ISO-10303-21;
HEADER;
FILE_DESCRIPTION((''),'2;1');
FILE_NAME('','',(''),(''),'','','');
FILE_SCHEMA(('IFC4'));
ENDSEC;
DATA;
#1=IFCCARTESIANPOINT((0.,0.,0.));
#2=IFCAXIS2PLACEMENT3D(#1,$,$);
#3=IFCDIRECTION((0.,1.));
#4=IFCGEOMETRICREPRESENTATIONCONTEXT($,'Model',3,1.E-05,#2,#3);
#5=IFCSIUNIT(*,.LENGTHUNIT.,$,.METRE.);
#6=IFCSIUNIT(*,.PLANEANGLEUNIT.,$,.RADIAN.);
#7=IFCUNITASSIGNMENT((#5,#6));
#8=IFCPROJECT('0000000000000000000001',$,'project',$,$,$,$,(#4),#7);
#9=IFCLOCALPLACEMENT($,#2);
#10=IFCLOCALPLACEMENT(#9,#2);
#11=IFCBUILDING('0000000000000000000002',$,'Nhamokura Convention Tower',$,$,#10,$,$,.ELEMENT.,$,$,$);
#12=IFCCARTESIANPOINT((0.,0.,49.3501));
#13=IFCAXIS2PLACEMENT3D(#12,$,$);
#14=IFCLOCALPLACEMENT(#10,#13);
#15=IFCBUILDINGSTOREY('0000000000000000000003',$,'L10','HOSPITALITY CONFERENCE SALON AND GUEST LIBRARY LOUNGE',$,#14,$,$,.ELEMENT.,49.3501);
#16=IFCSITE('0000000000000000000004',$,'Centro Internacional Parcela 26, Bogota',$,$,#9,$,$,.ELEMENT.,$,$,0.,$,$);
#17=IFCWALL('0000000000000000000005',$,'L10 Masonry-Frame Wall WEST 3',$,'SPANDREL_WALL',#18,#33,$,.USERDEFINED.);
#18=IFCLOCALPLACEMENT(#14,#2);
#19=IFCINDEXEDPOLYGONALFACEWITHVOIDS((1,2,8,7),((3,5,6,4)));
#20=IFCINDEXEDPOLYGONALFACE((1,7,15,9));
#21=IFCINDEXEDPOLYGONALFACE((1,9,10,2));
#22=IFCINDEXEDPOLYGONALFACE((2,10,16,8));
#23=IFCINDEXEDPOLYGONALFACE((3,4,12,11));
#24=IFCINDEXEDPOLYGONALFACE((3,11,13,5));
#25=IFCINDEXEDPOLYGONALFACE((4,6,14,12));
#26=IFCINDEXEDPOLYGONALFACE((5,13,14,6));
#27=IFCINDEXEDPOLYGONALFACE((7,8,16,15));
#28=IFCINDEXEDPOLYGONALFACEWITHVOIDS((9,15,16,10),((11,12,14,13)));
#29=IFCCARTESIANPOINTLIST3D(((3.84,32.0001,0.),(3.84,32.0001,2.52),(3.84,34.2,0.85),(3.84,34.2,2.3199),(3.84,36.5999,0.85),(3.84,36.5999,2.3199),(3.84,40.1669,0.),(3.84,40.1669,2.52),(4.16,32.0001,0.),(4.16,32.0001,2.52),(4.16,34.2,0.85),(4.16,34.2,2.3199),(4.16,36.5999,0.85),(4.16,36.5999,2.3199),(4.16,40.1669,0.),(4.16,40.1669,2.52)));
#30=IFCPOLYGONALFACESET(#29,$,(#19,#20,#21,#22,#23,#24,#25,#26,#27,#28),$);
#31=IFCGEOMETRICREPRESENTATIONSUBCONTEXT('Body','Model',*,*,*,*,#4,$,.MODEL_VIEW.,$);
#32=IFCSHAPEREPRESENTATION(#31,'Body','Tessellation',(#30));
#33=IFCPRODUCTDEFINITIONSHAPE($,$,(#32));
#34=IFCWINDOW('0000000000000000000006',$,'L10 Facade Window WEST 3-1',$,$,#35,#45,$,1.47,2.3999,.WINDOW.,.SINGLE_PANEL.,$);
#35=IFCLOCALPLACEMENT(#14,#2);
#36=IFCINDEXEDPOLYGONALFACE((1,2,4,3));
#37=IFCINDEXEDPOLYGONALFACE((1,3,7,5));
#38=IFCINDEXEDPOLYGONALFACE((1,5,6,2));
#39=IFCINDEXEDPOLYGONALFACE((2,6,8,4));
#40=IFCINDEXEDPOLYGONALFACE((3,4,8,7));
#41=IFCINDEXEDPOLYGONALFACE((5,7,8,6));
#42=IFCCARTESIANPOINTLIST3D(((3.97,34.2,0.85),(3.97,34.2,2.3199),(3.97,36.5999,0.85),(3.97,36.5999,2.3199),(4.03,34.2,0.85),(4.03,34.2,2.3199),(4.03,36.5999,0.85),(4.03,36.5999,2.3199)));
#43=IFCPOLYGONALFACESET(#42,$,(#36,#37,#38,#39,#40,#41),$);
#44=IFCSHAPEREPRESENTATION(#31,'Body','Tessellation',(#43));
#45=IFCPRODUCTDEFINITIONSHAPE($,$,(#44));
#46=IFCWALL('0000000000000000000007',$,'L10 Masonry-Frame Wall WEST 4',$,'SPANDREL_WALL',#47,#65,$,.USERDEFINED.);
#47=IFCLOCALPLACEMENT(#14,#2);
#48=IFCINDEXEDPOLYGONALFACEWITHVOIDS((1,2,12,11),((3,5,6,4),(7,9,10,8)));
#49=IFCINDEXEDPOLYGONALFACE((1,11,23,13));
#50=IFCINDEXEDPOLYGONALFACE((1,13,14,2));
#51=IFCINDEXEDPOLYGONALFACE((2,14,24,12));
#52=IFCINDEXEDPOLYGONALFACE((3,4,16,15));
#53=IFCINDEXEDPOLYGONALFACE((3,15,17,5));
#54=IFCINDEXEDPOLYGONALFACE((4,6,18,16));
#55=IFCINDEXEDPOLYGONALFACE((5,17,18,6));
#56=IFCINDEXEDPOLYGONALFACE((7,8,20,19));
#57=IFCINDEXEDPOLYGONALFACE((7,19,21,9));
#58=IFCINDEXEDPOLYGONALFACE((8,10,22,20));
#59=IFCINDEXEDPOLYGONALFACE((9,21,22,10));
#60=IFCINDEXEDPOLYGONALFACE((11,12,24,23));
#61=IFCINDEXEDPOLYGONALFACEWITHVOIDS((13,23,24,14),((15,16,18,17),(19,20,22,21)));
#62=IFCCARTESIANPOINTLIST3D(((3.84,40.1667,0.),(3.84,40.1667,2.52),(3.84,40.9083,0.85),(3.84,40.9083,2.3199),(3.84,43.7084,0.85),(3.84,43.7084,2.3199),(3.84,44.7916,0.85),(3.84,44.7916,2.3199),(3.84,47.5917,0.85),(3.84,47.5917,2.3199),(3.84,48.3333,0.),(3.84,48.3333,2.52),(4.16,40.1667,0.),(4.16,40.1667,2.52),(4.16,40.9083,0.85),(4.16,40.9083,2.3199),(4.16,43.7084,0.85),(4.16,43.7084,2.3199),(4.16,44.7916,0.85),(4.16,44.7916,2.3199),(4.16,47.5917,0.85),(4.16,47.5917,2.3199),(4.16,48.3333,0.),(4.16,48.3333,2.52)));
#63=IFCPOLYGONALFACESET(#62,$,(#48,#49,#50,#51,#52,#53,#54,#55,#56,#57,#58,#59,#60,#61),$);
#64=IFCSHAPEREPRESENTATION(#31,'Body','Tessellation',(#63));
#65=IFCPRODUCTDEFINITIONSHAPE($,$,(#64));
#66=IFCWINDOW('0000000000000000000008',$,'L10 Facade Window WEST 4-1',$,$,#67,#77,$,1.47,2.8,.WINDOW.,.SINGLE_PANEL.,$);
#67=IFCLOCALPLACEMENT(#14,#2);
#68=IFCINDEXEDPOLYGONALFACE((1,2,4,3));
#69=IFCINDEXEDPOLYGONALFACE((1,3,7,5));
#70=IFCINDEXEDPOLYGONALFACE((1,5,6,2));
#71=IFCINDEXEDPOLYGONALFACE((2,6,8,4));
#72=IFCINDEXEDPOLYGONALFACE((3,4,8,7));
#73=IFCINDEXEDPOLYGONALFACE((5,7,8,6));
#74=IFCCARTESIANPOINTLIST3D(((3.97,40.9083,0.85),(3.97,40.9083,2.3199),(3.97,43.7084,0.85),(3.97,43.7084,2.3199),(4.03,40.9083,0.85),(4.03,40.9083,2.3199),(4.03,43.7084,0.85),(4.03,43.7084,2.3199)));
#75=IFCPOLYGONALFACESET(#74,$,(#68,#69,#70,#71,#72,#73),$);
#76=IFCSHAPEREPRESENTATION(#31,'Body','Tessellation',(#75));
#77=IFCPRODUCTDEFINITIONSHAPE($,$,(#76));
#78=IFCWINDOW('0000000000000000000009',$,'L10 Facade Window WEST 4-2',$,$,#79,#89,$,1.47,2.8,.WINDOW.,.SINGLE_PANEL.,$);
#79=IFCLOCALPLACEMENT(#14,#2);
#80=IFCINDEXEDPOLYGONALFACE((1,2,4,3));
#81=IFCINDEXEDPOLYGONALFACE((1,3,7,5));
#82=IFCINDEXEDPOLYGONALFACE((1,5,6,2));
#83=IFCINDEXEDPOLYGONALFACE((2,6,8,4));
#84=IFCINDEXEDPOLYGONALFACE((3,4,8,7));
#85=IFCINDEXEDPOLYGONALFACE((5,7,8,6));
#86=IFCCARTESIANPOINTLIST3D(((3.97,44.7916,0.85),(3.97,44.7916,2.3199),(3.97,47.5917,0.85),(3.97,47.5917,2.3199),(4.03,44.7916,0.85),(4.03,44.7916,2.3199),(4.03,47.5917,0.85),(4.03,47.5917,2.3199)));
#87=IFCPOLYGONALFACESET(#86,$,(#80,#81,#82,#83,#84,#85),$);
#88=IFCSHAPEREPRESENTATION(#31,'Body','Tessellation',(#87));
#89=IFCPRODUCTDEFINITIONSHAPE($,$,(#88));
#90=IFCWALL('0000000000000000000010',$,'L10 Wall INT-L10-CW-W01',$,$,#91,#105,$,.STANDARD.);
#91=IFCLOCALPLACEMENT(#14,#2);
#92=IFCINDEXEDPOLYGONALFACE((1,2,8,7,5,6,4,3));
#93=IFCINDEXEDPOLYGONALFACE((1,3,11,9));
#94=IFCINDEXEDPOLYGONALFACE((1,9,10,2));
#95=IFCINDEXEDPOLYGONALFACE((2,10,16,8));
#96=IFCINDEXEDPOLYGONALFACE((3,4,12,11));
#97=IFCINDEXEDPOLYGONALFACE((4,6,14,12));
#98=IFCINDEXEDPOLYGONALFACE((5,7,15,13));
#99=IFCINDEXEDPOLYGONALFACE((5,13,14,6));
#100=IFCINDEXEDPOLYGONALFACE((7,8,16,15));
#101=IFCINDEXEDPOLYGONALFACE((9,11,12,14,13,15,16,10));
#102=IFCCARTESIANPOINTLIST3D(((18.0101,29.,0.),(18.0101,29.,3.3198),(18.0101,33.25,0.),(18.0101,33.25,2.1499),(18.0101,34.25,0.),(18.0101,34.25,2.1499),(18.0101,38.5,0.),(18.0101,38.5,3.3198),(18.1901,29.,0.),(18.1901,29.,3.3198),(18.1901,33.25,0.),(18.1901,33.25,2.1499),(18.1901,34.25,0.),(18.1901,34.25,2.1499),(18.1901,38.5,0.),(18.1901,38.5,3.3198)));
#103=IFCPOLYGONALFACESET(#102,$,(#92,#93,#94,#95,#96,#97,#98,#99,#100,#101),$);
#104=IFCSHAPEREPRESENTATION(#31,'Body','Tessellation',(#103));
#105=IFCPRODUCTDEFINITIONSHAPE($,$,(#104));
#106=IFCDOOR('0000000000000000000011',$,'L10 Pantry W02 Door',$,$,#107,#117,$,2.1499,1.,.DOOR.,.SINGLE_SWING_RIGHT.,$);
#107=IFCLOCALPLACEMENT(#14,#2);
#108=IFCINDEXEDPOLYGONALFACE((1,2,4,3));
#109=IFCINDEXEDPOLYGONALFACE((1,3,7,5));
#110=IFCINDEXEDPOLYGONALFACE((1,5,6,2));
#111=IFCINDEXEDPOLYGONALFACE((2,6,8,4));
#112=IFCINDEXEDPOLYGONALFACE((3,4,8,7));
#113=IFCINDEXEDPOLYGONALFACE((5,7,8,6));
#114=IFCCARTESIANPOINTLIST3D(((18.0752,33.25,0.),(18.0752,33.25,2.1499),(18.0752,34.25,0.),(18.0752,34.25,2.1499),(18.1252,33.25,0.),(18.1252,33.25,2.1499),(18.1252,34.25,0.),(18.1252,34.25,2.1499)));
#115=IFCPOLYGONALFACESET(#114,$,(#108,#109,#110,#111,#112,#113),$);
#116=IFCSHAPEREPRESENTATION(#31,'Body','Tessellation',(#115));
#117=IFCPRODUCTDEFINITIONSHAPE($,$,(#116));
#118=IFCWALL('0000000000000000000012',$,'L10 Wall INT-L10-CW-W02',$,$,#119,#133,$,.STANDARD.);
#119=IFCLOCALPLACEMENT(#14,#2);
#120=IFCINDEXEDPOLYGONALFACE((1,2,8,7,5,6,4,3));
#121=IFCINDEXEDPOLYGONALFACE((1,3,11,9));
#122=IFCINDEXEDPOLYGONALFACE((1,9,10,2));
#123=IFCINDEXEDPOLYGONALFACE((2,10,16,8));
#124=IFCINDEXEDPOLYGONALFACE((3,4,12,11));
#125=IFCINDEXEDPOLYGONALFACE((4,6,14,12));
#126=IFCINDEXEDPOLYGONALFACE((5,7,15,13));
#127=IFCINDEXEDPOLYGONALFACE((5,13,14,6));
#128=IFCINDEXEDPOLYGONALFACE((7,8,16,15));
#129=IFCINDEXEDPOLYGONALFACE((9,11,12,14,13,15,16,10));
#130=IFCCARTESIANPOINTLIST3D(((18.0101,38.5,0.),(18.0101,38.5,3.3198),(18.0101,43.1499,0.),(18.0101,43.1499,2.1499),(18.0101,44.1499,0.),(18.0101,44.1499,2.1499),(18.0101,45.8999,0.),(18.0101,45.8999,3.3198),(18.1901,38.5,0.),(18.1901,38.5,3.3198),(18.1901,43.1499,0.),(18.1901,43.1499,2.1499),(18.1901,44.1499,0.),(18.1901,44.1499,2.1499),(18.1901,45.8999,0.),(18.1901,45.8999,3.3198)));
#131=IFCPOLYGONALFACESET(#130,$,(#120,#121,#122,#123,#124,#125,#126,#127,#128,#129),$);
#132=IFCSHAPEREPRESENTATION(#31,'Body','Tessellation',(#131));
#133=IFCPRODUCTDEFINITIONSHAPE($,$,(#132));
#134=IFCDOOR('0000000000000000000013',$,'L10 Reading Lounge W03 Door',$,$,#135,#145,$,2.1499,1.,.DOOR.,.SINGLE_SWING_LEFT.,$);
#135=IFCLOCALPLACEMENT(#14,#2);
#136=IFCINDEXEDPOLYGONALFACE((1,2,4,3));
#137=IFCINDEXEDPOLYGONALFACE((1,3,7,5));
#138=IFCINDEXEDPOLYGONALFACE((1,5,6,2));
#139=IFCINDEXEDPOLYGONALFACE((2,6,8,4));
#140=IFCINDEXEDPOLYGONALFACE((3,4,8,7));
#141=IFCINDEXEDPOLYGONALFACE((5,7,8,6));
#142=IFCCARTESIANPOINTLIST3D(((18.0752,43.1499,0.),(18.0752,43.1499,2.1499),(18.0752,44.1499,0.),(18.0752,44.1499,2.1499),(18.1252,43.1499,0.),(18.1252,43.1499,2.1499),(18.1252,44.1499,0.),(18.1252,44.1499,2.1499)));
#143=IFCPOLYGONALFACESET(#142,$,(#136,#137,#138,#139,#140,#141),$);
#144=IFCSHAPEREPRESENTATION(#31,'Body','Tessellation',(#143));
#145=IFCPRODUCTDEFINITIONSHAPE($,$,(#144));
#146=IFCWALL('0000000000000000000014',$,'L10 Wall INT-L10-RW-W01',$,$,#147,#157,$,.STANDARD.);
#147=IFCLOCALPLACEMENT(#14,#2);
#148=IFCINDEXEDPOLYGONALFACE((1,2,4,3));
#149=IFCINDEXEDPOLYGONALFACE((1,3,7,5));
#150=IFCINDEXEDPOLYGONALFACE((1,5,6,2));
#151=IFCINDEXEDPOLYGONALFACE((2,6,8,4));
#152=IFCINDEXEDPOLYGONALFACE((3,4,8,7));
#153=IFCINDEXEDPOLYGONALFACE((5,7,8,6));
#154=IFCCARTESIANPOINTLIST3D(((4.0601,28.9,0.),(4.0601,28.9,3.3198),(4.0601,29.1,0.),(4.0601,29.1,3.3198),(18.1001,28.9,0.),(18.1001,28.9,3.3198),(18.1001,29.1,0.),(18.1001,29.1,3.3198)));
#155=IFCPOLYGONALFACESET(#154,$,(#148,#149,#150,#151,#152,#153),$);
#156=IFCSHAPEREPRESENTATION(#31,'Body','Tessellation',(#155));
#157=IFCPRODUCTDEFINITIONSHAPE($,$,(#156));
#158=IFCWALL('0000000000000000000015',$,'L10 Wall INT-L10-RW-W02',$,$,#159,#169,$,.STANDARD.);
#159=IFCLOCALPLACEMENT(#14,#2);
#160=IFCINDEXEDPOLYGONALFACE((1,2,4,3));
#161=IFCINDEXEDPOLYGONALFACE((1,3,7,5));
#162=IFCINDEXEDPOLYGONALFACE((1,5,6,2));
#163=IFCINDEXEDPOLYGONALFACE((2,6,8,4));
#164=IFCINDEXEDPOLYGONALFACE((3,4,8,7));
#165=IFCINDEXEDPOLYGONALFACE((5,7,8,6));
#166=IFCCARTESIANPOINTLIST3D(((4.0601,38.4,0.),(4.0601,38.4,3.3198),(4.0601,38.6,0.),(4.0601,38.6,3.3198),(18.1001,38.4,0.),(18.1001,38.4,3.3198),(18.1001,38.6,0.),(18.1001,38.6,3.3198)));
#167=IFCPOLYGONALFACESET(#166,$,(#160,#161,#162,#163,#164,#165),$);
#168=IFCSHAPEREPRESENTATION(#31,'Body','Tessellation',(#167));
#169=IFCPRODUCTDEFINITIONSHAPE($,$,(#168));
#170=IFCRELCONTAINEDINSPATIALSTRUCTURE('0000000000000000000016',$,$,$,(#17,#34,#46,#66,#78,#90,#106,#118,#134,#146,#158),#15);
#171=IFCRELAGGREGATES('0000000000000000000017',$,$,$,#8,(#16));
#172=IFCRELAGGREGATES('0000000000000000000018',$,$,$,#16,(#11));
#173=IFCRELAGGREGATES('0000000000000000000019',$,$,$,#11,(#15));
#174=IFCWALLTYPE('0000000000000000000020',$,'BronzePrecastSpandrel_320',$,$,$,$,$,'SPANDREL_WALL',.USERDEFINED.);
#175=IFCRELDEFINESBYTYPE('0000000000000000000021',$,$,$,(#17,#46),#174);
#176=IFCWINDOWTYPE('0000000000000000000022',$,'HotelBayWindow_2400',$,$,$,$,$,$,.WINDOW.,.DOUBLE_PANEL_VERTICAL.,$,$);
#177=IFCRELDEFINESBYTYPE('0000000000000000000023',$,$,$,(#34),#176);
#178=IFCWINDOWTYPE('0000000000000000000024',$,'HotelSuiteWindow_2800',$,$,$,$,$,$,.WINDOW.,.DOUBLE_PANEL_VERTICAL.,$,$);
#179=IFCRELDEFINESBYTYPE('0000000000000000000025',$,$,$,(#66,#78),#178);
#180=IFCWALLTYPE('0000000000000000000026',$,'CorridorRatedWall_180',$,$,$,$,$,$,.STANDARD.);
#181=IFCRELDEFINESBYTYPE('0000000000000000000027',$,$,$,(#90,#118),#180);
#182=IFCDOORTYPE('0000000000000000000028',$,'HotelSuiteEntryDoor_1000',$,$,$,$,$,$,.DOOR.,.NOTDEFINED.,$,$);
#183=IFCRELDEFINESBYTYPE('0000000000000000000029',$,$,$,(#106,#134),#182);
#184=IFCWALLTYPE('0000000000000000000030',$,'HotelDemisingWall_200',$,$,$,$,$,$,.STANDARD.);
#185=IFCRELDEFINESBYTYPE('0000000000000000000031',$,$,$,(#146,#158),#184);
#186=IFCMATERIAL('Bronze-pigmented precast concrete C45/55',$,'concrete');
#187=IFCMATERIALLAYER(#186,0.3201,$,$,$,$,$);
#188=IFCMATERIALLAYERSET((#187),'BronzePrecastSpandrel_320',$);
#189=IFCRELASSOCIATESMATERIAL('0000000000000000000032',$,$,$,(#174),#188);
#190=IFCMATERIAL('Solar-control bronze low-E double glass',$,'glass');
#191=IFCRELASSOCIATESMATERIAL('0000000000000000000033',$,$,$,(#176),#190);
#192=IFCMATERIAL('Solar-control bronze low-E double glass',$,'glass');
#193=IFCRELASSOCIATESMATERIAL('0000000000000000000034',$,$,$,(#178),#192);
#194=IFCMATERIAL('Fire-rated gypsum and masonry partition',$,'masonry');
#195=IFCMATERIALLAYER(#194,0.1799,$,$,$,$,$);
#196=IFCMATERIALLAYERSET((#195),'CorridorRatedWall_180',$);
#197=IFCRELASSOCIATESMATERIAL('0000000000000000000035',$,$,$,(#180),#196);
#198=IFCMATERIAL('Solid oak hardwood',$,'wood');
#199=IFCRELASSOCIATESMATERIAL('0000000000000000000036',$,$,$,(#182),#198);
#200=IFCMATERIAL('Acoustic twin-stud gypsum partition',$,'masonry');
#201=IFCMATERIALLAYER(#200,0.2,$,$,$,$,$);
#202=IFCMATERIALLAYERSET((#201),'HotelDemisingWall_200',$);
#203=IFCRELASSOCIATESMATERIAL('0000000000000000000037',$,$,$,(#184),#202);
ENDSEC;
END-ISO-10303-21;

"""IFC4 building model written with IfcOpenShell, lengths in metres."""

from ifc_helpers import new_model, si_unit, direction, frame, frame_2d, origin, place, context, subcontext, project, spatial, rectangle, extrude, material, layer, layer_set, type_object, element, fill, save


model = new_model("IFC4")

# Units and contexts
model_context = context("Model", 3, precision=1e-05, world=origin(), true_north=direction((0.0, 1.0)))
body_context = subcontext(model_context, "Body", "Model", "MODEL_VIEW")
ifc_project = project(units=[si_unit("LENGTHUNIT", "METRE"), si_unit("PLANEANGLEUNIT", "RADIAN")], contexts=[model_context])

# Site, building, storey
site_placement = place(None, origin())
site = spatial("IfcSite", under=ifc_project, at=site_placement, Name="Centro Internacional Parcela 26, Bogota", CompositionType="ELEMENT", RefElevation=0.0)
building_placement = place(site_placement, origin())
building = spatial("IfcBuilding", under=site, at=building_placement, Name="Nhamokura Convention Tower", CompositionType="ELEMENT")
storey_placement = place(building_placement, frame((0.0, 0.0, 49.3501)))
storey = spatial("IfcBuildingStorey", under=building, at=storey_placement, Name="L10", Description="HOSPITALITY CONFERENCE SALON AND GUEST LIBRARY LOUNGE", CompositionType="ELEMENT", Elevation=49.3501)

# Wall, opening, window
ifc_material_1 = material(Name="Bronze-pigmented precast concrete C45/55", Category="concrete")
ifc_layer_1 = layer(ifc_material_1, 0.3201)
ifc_layer_set_1 = layer_set([ifc_layer_1], Name="BronzePrecastSpandrel_320")
wall_type_1 = type_object("IfcWallType", Name="BronzePrecastSpandrel_320", ElementType="SPANDREL_WALL", PredefinedType="USERDEFINED", material=ifc_layer_set_1)
wall_1_placement = place(storey_placement, frame((4.0, 32.0, 0.0), z_axis=(0.0, 0.0, 1.0), x_axis=(0.0, 1.0, 0.0)))
wall_1 = element("IfcWall", 1, at=wall_1_placement, inside=storey, type_object=wall_type_1, Name="L10 Masonry-Frame Wall WEST 3", ObjectType="SPANDREL_WALL", PredefinedType="USERDEFINED", context=body_context, shape_type="SweptSolid", body=[
    extrude(rectangle(XDim=8.1667, YDim=0.3201, at=frame_2d((4.0835, 0.0))), origin(), (0.0, 0.0, 1.0), 2.52),
])
opening_1_placement = place(wall_1_placement, frame((2.2, 0.0, 0.8501)))
opening_1 = element("IfcOpeningElement", 2, at=opening_1_placement, cuts=wall_1, PredefinedType="OPENING", context=body_context, shape_type="SweptSolid", body=[
    extrude(rectangle(XDim=2.3999, YDim=1.47, at=frame_2d((1.2, 0.7349))), frame((0.0, 0.1699, 0.0), z_axis=(0.0, -1.0, 0.0), x_axis=(1.0, 0.0, 0.0)), (0.0, 0.0, 1.0), 0.3401),
])
ifc_material_2 = material(Name="Solar-control bronze low-E double glass", Category="glass")
window_type_1 = type_object("IfcWindowType", Name="HotelBayWindow_2400", PartitioningType="DOUBLE_PANEL_VERTICAL", PredefinedType="WINDOW", material=ifc_material_2)
window_1_placement = place(opening_1_placement, origin())
window_1 = element("IfcWindow", 3, at=window_1_placement, inside=storey, type_object=window_type_1, Name="L10 Facade Window WEST 3-1", OverallHeight=1.47, OverallWidth=2.3999, PartitioningType="SINGLE_PANEL", PredefinedType="WINDOW", context=body_context, shape_type="SweptSolid", body=[
    extrude(rectangle(XDim=2.3999, YDim=1.47, at=frame_2d((1.2, 0.7349))), frame((0.0, 0.03, 0.0), z_axis=(0.0, -1.0, 0.0), x_axis=(1.0, 0.0, 0.0)), (0.0, 0.0, 1.0), 0.0601),
])
fill(opening_1, window_1)

# Wall, openings, windows
wall_2_placement = place(storey_placement, frame((4.0, 40.1667, 0.0), z_axis=(0.0, 0.0, 1.0), x_axis=(0.0, 1.0, 0.0)))
wall_2 = element("IfcWall", 4, at=wall_2_placement, inside=storey, type_object=wall_type_1, Name="L10 Masonry-Frame Wall WEST 4", ObjectType="SPANDREL_WALL", PredefinedType="USERDEFINED", context=body_context, shape_type="SweptSolid", body=[
    extrude(rectangle(XDim=8.1665, YDim=0.3201, at=frame_2d((4.0833, 0.0))), origin(), (0.0, 0.0, 1.0), 2.52),
])
opening_2_placement = place(wall_2_placement, frame((0.7417, 0.0, 0.8501)))
opening_2 = element("IfcOpeningElement", 5, at=opening_2_placement, cuts=wall_2, PredefinedType="OPENING", context=body_context, shape_type="SweptSolid", body=[
    extrude(rectangle(XDim=2.8, YDim=1.47, at=frame_2d((1.3999, 0.7349))), frame((0.0, 0.1699, 0.0), z_axis=(0.0, -1.0, 0.0), x_axis=(1.0, 0.0, 0.0)), (0.0, 0.0, 1.0), 0.3401),
])
opening_3_placement = place(wall_2_placement, frame((4.625, 0.0, 0.8501)))
opening_3 = element("IfcOpeningElement", 6, at=opening_3_placement, cuts=wall_2, PredefinedType="OPENING", context=body_context, shape_type="SweptSolid", body=[
    extrude(rectangle(XDim=2.8, YDim=1.47, at=frame_2d((1.3999, 0.7349))), frame((0.0, 0.1699, 0.0), z_axis=(0.0, -1.0, 0.0), x_axis=(1.0, 0.0, 0.0)), (0.0, 0.0, 1.0), 0.3401),
])
ifc_material_3 = material(Name="Solar-control bronze low-E double glass", Category="glass")
window_type_2 = type_object("IfcWindowType", Name="HotelSuiteWindow_2800", PartitioningType="DOUBLE_PANEL_VERTICAL", PredefinedType="WINDOW", material=ifc_material_3)
window_2_placement = place(opening_2_placement, origin())
window_2 = element("IfcWindow", 7, at=window_2_placement, inside=storey, type_object=window_type_2, Name="L10 Facade Window WEST 4-1", OverallHeight=1.47, OverallWidth=2.8, PartitioningType="SINGLE_PANEL", PredefinedType="WINDOW", context=body_context, shape_type="SweptSolid", body=[
    extrude(rectangle(XDim=2.8, YDim=1.47, at=frame_2d((1.3999, 0.7349))), frame((0.0, 0.03, 0.0), z_axis=(0.0, -1.0, 0.0), x_axis=(1.0, 0.0, 0.0)), (0.0, 0.0, 1.0), 0.0601),
])
fill(opening_2, window_2)
window_3_placement = place(opening_3_placement, origin())
window_3 = element("IfcWindow", 8, at=window_3_placement, inside=storey, type_object=window_type_2, Name="L10 Facade Window WEST 4-2", OverallHeight=1.47, OverallWidth=2.8, PartitioningType="SINGLE_PANEL", PredefinedType="WINDOW", context=body_context, shape_type="SweptSolid", body=[
    extrude(rectangle(XDim=2.8, YDim=1.47, at=frame_2d((1.3999, 0.7349))), frame((0.0, 0.03, 0.0), z_axis=(0.0, -1.0, 0.0), x_axis=(1.0, 0.0, 0.0)), (0.0, 0.0, 1.0), 0.0601),
])
fill(opening_3, window_3)

# Walls, openings, doors
ifc_material_4 = material(Name="Fire-rated gypsum and masonry partition", Category="masonry")
ifc_layer_2 = layer(ifc_material_4, 0.1799)
ifc_layer_set_2 = layer_set([ifc_layer_2], Name="CorridorRatedWall_180")
wall_type_2 = type_object("IfcWallType", Name="CorridorRatedWall_180", PredefinedType="STANDARD", material=ifc_layer_set_2)
wall_3_placement = place(storey_placement, frame((18.1001, 29.0, 0.0), z_axis=(0.0, 0.0, 1.0), x_axis=(0.0, 1.0, 0.0)))
wall_3 = element("IfcWall", 9, at=wall_3_placement, inside=storey, type_object=wall_type_2, Name="L10 Wall INT-L10-CW-W01", PredefinedType="STANDARD", context=body_context, shape_type="SweptSolid", body=[
    extrude(rectangle(XDim=9.5, YDim=0.1799, at=frame_2d((4.75, 0.0))), origin(), (0.0, 0.0, 1.0), 3.3198),
])
opening_4_placement = place(wall_3_placement, frame((4.25, 0.0, 0.0)))
opening_4 = element("IfcOpeningElement", 10, at=opening_4_placement, cuts=wall_3, PredefinedType="OPENING", context=body_context, shape_type="SweptSolid", body=[
    extrude(rectangle(XDim=1.0, YDim=2.1499, at=frame_2d((0.5, 1.075))), frame((0.0, 0.0999, 0.0), z_axis=(0.0, -1.0, 0.0), x_axis=(1.0, 0.0, 0.0)), (0.0, 0.0, 1.0), 0.2),
])
ifc_material_5 = material(Name="Solid oak hardwood", Category="wood")
door_type = type_object("IfcDoorType", Name="HotelSuiteEntryDoor_1000", OperationType="NOTDEFINED", PredefinedType="DOOR", material=ifc_material_5)
door_1_placement = place(opening_4_placement, origin())
door_1 = element("IfcDoor", 11, at=door_1_placement, inside=storey, type_object=door_type, Name="L10 Pantry W02 Door", OperationType="SINGLE_SWING_RIGHT", OverallHeight=2.1499, OverallWidth=1.0, PredefinedType="DOOR", context=body_context, shape_type="SweptSolid", body=[
    extrude(rectangle(XDim=1.0, YDim=2.1499, at=frame_2d((0.5, 1.075))), frame((0.0, 0.0249, 0.0), z_axis=(0.0, -1.0, 0.0), x_axis=(1.0, 0.0, 0.0)), (0.0, 0.0, 1.0), 0.05),
])
fill(opening_4, door_1)
wall_4_placement = place(storey_placement, frame((18.1001, 38.5, 0.0), z_axis=(0.0, 0.0, 1.0), x_axis=(0.0, 1.0, 0.0)))
wall_4 = element("IfcWall", 12, at=wall_4_placement, inside=storey, type_object=wall_type_2, Name="L10 Wall INT-L10-CW-W02", PredefinedType="STANDARD", context=body_context, shape_type="SweptSolid", body=[
    extrude(rectangle(XDim=7.3999, YDim=0.1799, at=frame_2d((3.7, 0.0))), origin(), (0.0, 0.0, 1.0), 3.3198),
])
opening_5_placement = place(wall_4_placement, frame((4.6499, 0.0, 0.0)))
opening_5 = element("IfcOpeningElement", 13, at=opening_5_placement, cuts=wall_4, PredefinedType="OPENING", context=body_context, shape_type="SweptSolid", body=[
    extrude(rectangle(XDim=1.0, YDim=2.1499, at=frame_2d((0.5, 1.075))), frame((0.0, 0.0999, 0.0), z_axis=(0.0, -1.0, 0.0), x_axis=(1.0, 0.0, 0.0)), (0.0, 0.0, 1.0), 0.2),
])
door_2_placement = place(opening_5_placement, origin())
door_2 = element("IfcDoor", 14, at=door_2_placement, inside=storey, type_object=door_type, Name="L10 Reading Lounge W03 Door", OperationType="SINGLE_SWING_LEFT", OverallHeight=2.1499, OverallWidth=1.0, PredefinedType="DOOR", context=body_context, shape_type="SweptSolid", body=[
    extrude(rectangle(XDim=1.0, YDim=2.1499, at=frame_2d((0.5, 1.075))), frame((0.0, 0.0249, 0.0), z_axis=(0.0, -1.0, 0.0), x_axis=(1.0, 0.0, 0.0)), (0.0, 0.0, 1.0), 0.05),
])
fill(opening_5, door_2)

# Walls
ifc_material_6 = material(Name="Acoustic twin-stud gypsum partition", Category="masonry")
ifc_layer_3 = layer(ifc_material_6, 0.2)
ifc_layer_set_3 = layer_set([ifc_layer_3], Name="HotelDemisingWall_200")
wall_type_3 = type_object("IfcWallType", Name="HotelDemisingWall_200", PredefinedType="STANDARD", material=ifc_layer_set_3)
for number, where, z_axis, x_axis, name in (
    (15, (4.0601, 29.0, 0.0), (0.0, 0.0, 1.0), (1.0, 0.0, 0.0), "L10 Wall INT-L10-RW-W01"),
    (16, (4.0601, 38.5, 0.0), (0.0, 0.0, 1.0), (1.0, 0.0, 0.0), "L10 Wall INT-L10-RW-W02"),
):
    element("IfcWall", number, at=place(storey_placement, frame(where, z_axis=z_axis, x_axis=x_axis)), inside=storey, type_object=wall_type_3, Name=name, PredefinedType="STANDARD", context=body_context, shape_type="SweptSolid", body=[
        extrude(rectangle(XDim=14.04, YDim=0.2, at=frame_2d((7.02, 0.0))), origin(), (0.0, 0.0, 1.0), 3.3198),
    ])

save(model, "model.ifc")
